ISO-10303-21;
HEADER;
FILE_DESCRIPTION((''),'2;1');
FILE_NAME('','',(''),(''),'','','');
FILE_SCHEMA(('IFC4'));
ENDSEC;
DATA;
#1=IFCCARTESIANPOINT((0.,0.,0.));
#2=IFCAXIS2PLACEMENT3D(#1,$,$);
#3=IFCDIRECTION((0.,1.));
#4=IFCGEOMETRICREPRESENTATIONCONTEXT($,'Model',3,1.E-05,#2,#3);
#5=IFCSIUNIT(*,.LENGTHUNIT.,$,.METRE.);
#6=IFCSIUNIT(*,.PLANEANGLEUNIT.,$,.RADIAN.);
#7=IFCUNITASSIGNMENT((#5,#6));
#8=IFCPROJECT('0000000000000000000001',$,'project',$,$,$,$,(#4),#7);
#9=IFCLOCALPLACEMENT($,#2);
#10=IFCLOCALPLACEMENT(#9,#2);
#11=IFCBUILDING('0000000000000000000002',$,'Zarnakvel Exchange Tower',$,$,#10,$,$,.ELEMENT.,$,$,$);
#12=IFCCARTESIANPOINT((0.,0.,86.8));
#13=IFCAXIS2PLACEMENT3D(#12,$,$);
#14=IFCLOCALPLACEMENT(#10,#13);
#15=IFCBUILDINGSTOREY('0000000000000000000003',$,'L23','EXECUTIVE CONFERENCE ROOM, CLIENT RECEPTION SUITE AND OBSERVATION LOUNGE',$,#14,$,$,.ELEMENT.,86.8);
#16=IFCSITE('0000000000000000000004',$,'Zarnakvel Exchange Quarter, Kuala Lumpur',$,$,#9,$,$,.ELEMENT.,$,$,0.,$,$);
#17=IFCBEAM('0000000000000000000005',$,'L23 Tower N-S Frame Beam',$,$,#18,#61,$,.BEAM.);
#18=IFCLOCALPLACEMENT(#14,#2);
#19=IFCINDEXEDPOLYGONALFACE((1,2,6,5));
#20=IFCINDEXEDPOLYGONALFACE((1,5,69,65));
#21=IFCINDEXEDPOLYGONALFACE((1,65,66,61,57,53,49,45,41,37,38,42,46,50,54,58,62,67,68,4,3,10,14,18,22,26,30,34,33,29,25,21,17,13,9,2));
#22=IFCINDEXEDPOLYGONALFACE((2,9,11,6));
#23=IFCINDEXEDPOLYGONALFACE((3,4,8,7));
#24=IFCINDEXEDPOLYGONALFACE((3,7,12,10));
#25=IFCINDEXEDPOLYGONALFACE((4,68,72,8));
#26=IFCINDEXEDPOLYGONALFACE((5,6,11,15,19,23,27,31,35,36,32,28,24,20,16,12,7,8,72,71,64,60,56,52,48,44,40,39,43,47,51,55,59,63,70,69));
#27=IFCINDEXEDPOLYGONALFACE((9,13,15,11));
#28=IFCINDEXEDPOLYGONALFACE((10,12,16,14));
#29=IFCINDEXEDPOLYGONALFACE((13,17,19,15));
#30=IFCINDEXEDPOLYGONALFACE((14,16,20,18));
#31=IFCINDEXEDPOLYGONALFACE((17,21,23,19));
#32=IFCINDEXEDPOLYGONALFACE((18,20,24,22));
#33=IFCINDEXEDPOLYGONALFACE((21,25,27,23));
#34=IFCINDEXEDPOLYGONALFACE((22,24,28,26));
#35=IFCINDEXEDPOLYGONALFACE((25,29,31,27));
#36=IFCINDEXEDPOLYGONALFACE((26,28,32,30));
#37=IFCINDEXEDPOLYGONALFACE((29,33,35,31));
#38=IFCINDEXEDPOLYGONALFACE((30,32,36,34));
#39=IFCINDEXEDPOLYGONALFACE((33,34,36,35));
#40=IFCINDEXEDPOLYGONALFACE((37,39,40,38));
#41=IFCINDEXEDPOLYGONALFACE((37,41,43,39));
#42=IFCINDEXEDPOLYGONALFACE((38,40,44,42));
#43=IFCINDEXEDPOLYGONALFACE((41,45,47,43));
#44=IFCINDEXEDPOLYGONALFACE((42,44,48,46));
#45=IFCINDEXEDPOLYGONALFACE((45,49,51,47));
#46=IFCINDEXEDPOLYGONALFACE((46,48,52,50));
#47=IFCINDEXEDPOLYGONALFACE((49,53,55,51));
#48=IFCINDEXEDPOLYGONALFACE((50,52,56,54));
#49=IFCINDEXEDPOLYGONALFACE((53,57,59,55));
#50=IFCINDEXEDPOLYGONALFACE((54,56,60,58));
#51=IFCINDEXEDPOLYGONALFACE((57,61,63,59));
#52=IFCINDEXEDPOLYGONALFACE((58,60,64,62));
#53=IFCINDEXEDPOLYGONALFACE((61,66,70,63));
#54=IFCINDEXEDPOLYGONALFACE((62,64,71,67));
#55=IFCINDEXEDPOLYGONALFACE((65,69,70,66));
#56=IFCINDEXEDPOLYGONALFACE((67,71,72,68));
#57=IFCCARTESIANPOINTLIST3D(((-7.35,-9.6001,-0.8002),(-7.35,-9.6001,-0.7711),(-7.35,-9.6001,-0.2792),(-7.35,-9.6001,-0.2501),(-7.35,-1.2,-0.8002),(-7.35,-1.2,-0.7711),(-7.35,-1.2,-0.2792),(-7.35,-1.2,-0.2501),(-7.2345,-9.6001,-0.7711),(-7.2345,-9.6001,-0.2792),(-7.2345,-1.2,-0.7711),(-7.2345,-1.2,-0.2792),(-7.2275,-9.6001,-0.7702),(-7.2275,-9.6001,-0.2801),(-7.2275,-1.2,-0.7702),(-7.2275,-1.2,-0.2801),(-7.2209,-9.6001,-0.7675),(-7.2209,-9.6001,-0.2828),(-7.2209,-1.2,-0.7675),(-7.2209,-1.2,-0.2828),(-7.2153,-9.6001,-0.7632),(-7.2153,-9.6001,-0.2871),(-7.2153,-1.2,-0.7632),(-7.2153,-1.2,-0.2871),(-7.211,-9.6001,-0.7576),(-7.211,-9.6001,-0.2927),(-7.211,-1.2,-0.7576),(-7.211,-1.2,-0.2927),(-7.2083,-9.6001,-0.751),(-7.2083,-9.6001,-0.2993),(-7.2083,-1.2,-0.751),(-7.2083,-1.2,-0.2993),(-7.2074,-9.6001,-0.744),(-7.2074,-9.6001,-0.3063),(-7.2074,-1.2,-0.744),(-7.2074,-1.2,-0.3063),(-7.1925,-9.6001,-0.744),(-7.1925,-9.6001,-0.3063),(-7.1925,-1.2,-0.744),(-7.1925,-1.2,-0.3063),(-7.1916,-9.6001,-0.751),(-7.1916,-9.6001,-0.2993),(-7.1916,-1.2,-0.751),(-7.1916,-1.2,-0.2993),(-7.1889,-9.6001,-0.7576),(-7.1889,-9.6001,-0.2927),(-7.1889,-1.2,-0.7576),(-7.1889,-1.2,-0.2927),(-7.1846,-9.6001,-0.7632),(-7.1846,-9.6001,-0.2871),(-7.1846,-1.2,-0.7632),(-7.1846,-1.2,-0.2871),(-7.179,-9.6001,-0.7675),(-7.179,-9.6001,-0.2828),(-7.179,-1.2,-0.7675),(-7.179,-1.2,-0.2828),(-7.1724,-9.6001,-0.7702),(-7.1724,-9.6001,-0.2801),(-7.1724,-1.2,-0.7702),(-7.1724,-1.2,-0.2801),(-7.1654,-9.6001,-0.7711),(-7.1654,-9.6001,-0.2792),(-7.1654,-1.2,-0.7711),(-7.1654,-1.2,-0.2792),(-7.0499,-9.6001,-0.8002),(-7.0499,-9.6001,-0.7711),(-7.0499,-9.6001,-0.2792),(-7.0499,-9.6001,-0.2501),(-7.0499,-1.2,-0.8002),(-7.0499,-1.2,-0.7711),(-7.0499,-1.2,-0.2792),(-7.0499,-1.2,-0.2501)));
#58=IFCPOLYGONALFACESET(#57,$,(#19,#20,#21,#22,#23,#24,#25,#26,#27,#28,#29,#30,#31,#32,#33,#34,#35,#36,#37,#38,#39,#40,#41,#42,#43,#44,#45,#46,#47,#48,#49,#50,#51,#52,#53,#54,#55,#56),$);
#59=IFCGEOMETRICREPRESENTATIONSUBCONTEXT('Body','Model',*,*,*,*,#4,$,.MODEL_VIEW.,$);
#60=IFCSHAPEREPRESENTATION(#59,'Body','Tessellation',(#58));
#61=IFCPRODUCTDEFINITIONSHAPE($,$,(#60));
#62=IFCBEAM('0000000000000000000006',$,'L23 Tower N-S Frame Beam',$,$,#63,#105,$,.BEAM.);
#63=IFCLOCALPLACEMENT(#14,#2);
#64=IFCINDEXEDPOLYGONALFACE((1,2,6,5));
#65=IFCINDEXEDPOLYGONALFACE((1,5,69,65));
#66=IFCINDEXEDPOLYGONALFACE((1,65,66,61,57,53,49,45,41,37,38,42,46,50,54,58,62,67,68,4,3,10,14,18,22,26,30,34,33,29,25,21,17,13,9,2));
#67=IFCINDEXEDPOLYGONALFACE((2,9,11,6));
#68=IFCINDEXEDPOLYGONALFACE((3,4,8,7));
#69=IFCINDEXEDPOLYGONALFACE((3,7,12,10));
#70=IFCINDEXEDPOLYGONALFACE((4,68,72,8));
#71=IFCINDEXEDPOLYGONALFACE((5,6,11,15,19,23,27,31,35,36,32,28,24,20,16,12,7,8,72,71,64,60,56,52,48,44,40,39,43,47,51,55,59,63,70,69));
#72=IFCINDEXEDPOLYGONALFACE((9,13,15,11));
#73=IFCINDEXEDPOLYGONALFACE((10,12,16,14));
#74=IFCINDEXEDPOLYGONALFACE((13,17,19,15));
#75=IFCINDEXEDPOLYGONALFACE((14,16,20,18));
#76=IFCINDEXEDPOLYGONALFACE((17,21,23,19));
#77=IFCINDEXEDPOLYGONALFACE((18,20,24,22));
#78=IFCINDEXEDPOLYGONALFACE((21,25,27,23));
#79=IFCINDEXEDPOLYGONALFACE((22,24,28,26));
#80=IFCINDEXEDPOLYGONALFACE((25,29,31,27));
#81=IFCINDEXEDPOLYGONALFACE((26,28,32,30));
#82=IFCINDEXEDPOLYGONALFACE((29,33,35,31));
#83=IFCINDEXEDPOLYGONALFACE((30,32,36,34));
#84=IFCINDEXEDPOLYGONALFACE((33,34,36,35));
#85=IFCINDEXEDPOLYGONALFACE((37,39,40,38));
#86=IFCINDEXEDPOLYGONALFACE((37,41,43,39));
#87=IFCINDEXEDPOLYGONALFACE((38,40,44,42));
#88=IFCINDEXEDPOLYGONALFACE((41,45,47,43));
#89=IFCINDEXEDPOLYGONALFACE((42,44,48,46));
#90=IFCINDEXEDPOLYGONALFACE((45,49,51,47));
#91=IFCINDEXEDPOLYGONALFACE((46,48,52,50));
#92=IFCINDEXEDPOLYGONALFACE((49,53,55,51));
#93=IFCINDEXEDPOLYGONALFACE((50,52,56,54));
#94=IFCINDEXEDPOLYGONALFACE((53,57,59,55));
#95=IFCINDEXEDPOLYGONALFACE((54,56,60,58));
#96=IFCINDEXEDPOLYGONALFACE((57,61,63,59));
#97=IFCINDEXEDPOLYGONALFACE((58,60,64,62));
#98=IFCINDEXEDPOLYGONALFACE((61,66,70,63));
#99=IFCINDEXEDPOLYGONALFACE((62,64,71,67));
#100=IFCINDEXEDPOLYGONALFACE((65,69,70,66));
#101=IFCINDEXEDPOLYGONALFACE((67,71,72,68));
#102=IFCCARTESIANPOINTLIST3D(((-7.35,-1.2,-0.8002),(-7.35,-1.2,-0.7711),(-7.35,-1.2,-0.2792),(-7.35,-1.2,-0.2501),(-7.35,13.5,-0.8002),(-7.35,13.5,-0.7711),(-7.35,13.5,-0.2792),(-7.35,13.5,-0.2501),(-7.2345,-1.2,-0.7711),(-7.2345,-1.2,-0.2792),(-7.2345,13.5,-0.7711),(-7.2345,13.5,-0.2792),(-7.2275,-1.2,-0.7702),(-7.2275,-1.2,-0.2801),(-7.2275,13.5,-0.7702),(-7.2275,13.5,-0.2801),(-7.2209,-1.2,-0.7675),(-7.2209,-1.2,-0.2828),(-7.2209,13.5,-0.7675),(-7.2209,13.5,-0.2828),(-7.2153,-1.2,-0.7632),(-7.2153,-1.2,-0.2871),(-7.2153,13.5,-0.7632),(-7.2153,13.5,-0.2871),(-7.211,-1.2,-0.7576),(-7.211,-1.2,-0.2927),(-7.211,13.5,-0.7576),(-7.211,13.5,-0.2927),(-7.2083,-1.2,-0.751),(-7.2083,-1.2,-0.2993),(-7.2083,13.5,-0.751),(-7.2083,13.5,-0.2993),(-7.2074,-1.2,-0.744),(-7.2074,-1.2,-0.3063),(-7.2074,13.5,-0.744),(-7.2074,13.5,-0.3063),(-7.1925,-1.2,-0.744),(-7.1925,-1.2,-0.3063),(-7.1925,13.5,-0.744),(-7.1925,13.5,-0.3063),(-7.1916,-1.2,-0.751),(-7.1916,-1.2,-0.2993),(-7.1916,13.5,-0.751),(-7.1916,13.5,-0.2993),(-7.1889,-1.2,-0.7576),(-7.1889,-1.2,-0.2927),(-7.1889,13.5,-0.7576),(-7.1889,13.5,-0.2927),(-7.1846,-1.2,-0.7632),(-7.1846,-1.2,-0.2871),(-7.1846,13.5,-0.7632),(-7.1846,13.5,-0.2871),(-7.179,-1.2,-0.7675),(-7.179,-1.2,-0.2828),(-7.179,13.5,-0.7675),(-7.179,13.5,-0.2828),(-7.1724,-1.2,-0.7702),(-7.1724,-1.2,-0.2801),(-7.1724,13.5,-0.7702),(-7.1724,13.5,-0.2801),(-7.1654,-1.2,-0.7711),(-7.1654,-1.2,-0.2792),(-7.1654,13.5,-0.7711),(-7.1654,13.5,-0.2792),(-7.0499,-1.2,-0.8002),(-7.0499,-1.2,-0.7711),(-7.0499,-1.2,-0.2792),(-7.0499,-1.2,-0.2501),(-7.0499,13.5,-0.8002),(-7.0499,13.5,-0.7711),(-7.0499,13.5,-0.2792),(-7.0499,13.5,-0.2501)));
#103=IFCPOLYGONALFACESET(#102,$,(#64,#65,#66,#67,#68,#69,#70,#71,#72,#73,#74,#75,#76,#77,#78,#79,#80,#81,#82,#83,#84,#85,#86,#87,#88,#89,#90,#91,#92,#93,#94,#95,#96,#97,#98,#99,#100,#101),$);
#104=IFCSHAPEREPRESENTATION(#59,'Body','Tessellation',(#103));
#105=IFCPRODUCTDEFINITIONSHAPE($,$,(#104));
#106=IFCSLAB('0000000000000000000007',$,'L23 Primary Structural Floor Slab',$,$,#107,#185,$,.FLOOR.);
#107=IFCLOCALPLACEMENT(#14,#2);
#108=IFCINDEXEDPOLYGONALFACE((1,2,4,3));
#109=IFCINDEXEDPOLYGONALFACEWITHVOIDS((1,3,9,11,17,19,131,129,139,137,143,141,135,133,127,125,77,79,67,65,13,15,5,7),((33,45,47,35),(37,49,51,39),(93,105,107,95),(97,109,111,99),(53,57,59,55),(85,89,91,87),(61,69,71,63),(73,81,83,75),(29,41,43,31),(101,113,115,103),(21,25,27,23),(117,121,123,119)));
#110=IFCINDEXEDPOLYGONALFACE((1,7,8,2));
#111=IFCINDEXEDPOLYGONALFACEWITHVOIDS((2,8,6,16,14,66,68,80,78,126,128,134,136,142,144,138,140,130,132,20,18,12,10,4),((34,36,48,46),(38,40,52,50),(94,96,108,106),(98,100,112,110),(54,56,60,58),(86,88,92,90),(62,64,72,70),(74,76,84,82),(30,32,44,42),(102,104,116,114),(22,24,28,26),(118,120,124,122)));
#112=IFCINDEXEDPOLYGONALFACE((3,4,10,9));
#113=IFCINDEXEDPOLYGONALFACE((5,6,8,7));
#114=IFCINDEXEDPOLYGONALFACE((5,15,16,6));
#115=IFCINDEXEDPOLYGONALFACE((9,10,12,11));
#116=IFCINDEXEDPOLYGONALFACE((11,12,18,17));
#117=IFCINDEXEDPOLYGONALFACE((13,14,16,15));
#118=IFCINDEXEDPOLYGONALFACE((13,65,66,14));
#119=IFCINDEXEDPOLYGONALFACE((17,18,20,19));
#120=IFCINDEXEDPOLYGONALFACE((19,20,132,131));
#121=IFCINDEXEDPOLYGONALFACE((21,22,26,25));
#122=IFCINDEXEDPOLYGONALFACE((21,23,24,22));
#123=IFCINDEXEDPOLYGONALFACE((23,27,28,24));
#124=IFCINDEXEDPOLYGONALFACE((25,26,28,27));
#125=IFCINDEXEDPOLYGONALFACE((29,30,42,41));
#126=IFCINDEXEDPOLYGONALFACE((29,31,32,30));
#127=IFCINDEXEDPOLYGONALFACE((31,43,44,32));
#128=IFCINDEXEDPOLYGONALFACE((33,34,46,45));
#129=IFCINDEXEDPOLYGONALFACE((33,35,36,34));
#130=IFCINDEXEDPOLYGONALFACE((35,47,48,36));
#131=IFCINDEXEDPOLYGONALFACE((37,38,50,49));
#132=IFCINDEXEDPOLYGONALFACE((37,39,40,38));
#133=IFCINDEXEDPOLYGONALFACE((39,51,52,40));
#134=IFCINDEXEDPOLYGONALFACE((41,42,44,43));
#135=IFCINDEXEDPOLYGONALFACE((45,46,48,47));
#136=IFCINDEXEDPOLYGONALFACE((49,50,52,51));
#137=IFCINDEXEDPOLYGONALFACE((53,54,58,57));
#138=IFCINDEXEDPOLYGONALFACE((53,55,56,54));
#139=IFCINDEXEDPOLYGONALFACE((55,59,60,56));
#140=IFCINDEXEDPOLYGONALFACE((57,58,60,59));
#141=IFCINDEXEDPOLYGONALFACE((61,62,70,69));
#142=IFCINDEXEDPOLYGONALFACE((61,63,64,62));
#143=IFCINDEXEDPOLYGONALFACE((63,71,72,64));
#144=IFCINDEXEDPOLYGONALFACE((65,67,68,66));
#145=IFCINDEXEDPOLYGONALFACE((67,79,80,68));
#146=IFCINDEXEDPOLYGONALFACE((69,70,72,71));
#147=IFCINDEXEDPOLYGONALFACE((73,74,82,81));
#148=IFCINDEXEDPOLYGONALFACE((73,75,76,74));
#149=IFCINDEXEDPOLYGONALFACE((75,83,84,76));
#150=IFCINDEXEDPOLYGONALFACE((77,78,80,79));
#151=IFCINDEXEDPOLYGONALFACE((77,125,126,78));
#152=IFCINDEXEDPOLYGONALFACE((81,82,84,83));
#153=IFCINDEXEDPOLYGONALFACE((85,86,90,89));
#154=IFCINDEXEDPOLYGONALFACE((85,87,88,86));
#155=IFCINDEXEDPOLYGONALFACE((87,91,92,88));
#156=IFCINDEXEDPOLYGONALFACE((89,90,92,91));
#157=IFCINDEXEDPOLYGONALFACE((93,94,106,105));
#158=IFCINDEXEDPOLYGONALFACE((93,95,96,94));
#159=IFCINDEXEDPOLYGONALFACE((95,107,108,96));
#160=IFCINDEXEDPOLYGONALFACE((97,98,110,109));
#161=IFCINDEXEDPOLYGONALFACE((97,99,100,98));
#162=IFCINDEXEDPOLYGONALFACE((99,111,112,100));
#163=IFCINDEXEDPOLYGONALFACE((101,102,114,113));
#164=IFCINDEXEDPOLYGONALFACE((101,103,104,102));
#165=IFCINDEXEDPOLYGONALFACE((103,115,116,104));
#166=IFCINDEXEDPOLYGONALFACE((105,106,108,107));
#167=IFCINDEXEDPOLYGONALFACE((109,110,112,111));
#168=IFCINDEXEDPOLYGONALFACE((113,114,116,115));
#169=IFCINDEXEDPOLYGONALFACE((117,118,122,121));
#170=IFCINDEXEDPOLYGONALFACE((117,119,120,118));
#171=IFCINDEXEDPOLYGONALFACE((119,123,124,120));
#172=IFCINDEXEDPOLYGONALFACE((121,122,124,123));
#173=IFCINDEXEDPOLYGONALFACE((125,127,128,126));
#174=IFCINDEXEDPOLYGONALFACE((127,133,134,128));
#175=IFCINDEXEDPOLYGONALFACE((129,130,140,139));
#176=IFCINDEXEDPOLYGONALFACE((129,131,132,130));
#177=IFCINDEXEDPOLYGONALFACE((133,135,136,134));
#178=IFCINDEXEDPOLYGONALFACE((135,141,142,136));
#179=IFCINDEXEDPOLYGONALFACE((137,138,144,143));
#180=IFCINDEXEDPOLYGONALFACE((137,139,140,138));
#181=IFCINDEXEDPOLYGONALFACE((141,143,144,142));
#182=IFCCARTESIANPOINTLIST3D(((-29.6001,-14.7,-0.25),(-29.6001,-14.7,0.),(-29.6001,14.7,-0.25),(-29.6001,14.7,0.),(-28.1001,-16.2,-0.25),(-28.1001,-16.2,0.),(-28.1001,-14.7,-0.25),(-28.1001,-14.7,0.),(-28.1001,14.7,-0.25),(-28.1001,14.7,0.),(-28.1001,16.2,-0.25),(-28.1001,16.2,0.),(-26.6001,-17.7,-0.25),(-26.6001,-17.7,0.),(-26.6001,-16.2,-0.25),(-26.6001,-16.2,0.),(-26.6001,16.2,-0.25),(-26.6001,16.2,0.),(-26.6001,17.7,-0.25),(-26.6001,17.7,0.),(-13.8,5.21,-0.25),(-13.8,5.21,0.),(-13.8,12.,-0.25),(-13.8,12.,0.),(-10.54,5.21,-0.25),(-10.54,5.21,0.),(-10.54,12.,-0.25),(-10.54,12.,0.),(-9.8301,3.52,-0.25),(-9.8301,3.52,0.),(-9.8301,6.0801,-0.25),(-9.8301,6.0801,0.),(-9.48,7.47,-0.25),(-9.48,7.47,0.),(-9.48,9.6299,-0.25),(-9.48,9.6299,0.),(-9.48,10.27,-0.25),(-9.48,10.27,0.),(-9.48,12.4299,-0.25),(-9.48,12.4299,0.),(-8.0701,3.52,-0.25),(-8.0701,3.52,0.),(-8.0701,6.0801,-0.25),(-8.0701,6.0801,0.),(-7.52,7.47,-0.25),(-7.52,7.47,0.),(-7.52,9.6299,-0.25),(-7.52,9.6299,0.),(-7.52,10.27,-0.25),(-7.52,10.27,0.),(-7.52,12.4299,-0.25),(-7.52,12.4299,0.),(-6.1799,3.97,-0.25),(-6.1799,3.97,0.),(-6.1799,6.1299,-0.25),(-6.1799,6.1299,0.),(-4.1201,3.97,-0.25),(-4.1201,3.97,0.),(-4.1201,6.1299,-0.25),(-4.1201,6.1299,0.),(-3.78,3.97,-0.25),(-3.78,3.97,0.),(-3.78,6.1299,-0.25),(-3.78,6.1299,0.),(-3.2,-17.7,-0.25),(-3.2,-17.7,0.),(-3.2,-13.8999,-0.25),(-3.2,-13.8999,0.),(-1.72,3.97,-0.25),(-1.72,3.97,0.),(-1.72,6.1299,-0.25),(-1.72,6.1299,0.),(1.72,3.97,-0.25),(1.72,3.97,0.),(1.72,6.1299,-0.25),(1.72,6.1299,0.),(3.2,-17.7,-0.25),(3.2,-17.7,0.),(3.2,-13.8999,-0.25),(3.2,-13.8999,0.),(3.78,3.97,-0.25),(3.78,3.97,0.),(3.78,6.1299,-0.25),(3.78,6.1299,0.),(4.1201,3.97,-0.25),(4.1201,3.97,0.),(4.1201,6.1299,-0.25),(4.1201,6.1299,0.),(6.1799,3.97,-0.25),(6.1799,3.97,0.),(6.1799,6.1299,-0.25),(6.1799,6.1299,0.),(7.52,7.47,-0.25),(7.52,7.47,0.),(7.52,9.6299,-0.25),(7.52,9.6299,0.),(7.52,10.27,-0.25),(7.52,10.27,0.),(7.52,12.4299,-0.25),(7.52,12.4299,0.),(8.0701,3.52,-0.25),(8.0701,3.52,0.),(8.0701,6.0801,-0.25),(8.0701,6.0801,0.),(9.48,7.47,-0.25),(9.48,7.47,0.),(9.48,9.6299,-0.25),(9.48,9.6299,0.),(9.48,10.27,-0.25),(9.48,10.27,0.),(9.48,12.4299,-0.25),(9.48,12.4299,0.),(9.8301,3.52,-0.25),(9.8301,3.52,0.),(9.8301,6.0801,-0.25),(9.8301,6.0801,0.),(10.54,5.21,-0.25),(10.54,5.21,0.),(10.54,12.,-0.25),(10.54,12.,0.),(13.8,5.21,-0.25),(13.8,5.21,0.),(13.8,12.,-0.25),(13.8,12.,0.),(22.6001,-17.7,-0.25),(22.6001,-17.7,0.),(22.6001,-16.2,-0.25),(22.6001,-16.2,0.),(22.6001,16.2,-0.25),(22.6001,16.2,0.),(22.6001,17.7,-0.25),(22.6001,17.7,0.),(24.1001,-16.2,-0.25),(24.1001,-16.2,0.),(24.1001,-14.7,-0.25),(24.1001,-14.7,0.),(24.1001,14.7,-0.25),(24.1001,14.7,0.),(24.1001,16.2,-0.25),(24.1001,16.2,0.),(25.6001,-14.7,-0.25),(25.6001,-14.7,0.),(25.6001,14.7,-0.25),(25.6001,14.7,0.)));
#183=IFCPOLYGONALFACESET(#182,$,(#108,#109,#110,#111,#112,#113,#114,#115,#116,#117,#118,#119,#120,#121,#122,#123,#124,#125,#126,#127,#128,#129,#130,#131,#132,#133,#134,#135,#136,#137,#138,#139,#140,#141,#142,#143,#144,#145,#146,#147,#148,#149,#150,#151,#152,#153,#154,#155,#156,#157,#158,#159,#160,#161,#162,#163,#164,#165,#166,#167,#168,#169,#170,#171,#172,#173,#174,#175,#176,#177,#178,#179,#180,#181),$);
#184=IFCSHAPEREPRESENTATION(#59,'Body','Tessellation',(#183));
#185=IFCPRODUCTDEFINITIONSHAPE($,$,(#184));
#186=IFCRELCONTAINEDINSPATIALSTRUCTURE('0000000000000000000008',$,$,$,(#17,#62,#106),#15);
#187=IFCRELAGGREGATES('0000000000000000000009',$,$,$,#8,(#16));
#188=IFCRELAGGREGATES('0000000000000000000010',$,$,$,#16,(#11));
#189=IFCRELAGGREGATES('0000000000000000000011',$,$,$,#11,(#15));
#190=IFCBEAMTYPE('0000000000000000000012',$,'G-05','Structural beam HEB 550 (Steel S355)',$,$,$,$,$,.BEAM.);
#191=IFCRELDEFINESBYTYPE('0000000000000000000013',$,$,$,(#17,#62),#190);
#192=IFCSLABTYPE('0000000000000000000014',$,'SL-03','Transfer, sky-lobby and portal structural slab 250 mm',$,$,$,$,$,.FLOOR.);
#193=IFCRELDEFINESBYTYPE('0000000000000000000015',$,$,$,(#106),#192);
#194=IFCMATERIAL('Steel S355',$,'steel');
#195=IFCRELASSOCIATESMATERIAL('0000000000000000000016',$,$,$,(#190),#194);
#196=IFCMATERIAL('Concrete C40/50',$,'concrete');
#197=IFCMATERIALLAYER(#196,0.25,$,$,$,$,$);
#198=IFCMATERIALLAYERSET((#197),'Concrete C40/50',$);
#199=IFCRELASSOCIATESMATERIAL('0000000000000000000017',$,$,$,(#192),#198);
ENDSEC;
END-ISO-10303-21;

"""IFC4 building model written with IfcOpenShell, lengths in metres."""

from ifc_helpers import new_model, si_unit, direction, frame, origin, origin_2d, place, context, subcontext, project, spatial, polyline, i_section, outline, extrude, material, layer, layer_set, material_profile, profile_set, type_object, element, save


model = new_model("IFC4")

# Units and contexts
model_context = context("Model", 3, precision=1e-05, world=origin(), true_north=direction((0.0, 1.0)))
body_context = subcontext(model_context, "Body", "Model", "MODEL_VIEW")
ifc_project = project(units=[si_unit("LENGTHUNIT", "METRE"), si_unit("PLANEANGLEUNIT", "RADIAN")], contexts=[model_context])

# Site, building, storey
site_placement = place(None, origin())
site = spatial("IfcSite", under=ifc_project, at=site_placement, Name="Zarnakvel Exchange Quarter, Kuala Lumpur", CompositionType="ELEMENT", RefElevation=0.0)
building_placement = place(site_placement, origin())
building = spatial("IfcBuilding", under=site, at=building_placement, Name="Zarnakvel Exchange Tower", CompositionType="ELEMENT")
storey_placement = place(building_placement, frame((0.0, 0.0, 86.8)))
storey = spatial("IfcBuildingStorey", under=building, at=storey_placement, Name="L23", Description="EXECUTIVE CONFERENCE ROOM, CLIENT RECEPTION SUITE AND OBSERVATION LOUNGE", CompositionType="ELEMENT", Elevation=86.8)

# Beams
ifc_material_1 = material(Name="Steel S355", Category="steel")
ifc_material_profile_1 = material_profile(ifc_material_1, i_section(OverallWidth=0.3, OverallDepth=0.55, WebThickness=0.0149, FlangeThickness=0.0291, FilletRadius=0.0271, at=origin_2d()))
ifc_profile_set_1 = profile_set([ifc_material_profile_1], Name="Steel S355")
beam_type_1 = type_object("IfcBeamType", Name="G-05", Description="Structural beam HEB 550 (Steel S355)", PredefinedType="BEAM", material=ifc_profile_set_1)
beam_1_placement = place(storey_placement, frame((-7.2, -9.6001, -0.5251), z_axis=(0.0, 1.0, 0.0), x_axis=(-1.0, 0.0, 0.0)))
element("IfcBeam", 1, at=beam_1_placement, inside=storey, type_object=beam_type_1, Name="L23 Tower N-S Frame Beam", PredefinedType="BEAM", context=body_context, shape_type="SweptSolid", body=[
    extrude(i_section(OverallWidth=0.3, OverallDepth=0.55, WebThickness=0.0149, FlangeThickness=0.0291, FilletRadius=0.0271, at=origin_2d()), origin(), (0.0, 0.0, 1.0), 8.4001),
])
beam_2_placement = place(storey_placement, frame((-7.2, -1.2, -0.5251), z_axis=(0.0, 1.0, 0.0), x_axis=(-1.0, 0.0, 0.0)))
element("IfcBeam", 2, at=beam_2_placement, inside=storey, type_object=beam_type_1, Name="L23 Tower N-S Frame Beam", PredefinedType="BEAM", context=body_context, shape_type="SweptSolid", body=[
    extrude(i_section(OverallWidth=0.3, OverallDepth=0.55, WebThickness=0.0149, FlangeThickness=0.0291, FilletRadius=0.0271, at=origin_2d()), origin(), (0.0, 0.0, 1.0), 14.7),
])

# Slab
ifc_material_2 = material(Name="Concrete C40/50", Category="concrete")
ifc_layer_1 = layer(ifc_material_2, 0.25)
ifc_layer_set_1 = layer_set([ifc_layer_1], Name="Concrete C40/50")
slab_type_1 = type_object("IfcSlabType", Name="SL-03", Description="Transfer, sky-lobby and portal structural slab 250 mm", PredefinedType="FLOOR", material=ifc_layer_set_1)
slab_1_placement = place(storey_placement, frame((0.0, 0.0, -0.25)))
element("IfcSlab", 3, at=slab_1_placement, inside=storey, type_object=slab_type_1, Name="L23 Primary Structural Floor Slab", PredefinedType="FLOOR", context=body_context, shape_type="SweptSolid", body=[
    extrude(outline(polyline([(-29.6001, -14.7), (-28.1001, -14.7), (-28.1001, -16.2), (-26.6001, -16.2), (-26.6001, -17.7), (-3.2, -17.7), (-3.2, -13.8999), (3.2, -13.8999), (3.2, -17.7), (22.6001, -17.7), (22.6001, -16.2), (24.1001, -16.2), (24.1001, -14.7), (25.6001, -14.7), (25.6001, 14.7), (24.1001, 14.7), (24.1001, 16.2), (22.6001, 16.2), (22.6001, 17.7), (-26.6001, 17.7), (-26.6001, 16.2), (-28.1001, 16.2), (-28.1001, 14.7), (-29.6001, 14.7), (-29.6001, -14.7)]), holes=[polyline([(-13.8, 5.21), (-10.54, 5.21), (-10.54, 12.0), (-13.8, 12.0), (-13.8, 5.21)]), polyline([(10.54, 5.21), (13.8, 5.21), (13.8, 12.0), (10.54, 12.0), (10.54, 5.21)]), polyline([(-9.8301, 3.52), (-8.0701, 3.52), (-8.0701, 6.0801), (-9.8301, 6.0801), (-9.8301, 3.52)]), polyline([(8.0701, 3.52), (9.8301, 3.52), (9.8301, 6.0801), (8.0701, 6.0801), (8.0701, 3.52)]), polyline([(-6.1799, 3.97), (-4.1201, 3.97), (-4.1201, 6.1299), (-6.1799, 6.1299), (-6.1799, 3.97)]), polyline([(-3.78, 3.97), (-1.72, 3.97), (-1.72, 6.1299), (-3.78, 6.1299), (-3.78, 3.97)]), polyline([(1.72, 3.97), (3.78, 3.97), (3.78, 6.1299), (1.72, 6.1299), (1.72, 3.97)]), polyline([(4.1201, 3.97), (6.1799, 3.97), (6.1799, 6.1299), (4.1201, 6.1299), (4.1201, 3.97)]), polyline([(-9.48, 7.47), (-7.52, 7.47), (-7.52, 9.6299), (-9.48, 9.6299), (-9.48, 7.47)]), polyline([(-9.48, 10.27), (-7.52, 10.27), (-7.52, 12.4299), (-9.48, 12.4299), (-9.48, 10.27)]), polyline([(7.52, 7.47), (9.48, 7.47), (9.48, 9.6299), (7.52, 9.6299), (7.52, 7.47)]), polyline([(7.52, 10.27), (9.48, 10.27), (9.48, 12.4299), (7.52, 12.4299), (7.52, 10.27)])]), origin(), (0.0, 0.0, 1.0), 0.25),
])

save(model, "model.ifc")
